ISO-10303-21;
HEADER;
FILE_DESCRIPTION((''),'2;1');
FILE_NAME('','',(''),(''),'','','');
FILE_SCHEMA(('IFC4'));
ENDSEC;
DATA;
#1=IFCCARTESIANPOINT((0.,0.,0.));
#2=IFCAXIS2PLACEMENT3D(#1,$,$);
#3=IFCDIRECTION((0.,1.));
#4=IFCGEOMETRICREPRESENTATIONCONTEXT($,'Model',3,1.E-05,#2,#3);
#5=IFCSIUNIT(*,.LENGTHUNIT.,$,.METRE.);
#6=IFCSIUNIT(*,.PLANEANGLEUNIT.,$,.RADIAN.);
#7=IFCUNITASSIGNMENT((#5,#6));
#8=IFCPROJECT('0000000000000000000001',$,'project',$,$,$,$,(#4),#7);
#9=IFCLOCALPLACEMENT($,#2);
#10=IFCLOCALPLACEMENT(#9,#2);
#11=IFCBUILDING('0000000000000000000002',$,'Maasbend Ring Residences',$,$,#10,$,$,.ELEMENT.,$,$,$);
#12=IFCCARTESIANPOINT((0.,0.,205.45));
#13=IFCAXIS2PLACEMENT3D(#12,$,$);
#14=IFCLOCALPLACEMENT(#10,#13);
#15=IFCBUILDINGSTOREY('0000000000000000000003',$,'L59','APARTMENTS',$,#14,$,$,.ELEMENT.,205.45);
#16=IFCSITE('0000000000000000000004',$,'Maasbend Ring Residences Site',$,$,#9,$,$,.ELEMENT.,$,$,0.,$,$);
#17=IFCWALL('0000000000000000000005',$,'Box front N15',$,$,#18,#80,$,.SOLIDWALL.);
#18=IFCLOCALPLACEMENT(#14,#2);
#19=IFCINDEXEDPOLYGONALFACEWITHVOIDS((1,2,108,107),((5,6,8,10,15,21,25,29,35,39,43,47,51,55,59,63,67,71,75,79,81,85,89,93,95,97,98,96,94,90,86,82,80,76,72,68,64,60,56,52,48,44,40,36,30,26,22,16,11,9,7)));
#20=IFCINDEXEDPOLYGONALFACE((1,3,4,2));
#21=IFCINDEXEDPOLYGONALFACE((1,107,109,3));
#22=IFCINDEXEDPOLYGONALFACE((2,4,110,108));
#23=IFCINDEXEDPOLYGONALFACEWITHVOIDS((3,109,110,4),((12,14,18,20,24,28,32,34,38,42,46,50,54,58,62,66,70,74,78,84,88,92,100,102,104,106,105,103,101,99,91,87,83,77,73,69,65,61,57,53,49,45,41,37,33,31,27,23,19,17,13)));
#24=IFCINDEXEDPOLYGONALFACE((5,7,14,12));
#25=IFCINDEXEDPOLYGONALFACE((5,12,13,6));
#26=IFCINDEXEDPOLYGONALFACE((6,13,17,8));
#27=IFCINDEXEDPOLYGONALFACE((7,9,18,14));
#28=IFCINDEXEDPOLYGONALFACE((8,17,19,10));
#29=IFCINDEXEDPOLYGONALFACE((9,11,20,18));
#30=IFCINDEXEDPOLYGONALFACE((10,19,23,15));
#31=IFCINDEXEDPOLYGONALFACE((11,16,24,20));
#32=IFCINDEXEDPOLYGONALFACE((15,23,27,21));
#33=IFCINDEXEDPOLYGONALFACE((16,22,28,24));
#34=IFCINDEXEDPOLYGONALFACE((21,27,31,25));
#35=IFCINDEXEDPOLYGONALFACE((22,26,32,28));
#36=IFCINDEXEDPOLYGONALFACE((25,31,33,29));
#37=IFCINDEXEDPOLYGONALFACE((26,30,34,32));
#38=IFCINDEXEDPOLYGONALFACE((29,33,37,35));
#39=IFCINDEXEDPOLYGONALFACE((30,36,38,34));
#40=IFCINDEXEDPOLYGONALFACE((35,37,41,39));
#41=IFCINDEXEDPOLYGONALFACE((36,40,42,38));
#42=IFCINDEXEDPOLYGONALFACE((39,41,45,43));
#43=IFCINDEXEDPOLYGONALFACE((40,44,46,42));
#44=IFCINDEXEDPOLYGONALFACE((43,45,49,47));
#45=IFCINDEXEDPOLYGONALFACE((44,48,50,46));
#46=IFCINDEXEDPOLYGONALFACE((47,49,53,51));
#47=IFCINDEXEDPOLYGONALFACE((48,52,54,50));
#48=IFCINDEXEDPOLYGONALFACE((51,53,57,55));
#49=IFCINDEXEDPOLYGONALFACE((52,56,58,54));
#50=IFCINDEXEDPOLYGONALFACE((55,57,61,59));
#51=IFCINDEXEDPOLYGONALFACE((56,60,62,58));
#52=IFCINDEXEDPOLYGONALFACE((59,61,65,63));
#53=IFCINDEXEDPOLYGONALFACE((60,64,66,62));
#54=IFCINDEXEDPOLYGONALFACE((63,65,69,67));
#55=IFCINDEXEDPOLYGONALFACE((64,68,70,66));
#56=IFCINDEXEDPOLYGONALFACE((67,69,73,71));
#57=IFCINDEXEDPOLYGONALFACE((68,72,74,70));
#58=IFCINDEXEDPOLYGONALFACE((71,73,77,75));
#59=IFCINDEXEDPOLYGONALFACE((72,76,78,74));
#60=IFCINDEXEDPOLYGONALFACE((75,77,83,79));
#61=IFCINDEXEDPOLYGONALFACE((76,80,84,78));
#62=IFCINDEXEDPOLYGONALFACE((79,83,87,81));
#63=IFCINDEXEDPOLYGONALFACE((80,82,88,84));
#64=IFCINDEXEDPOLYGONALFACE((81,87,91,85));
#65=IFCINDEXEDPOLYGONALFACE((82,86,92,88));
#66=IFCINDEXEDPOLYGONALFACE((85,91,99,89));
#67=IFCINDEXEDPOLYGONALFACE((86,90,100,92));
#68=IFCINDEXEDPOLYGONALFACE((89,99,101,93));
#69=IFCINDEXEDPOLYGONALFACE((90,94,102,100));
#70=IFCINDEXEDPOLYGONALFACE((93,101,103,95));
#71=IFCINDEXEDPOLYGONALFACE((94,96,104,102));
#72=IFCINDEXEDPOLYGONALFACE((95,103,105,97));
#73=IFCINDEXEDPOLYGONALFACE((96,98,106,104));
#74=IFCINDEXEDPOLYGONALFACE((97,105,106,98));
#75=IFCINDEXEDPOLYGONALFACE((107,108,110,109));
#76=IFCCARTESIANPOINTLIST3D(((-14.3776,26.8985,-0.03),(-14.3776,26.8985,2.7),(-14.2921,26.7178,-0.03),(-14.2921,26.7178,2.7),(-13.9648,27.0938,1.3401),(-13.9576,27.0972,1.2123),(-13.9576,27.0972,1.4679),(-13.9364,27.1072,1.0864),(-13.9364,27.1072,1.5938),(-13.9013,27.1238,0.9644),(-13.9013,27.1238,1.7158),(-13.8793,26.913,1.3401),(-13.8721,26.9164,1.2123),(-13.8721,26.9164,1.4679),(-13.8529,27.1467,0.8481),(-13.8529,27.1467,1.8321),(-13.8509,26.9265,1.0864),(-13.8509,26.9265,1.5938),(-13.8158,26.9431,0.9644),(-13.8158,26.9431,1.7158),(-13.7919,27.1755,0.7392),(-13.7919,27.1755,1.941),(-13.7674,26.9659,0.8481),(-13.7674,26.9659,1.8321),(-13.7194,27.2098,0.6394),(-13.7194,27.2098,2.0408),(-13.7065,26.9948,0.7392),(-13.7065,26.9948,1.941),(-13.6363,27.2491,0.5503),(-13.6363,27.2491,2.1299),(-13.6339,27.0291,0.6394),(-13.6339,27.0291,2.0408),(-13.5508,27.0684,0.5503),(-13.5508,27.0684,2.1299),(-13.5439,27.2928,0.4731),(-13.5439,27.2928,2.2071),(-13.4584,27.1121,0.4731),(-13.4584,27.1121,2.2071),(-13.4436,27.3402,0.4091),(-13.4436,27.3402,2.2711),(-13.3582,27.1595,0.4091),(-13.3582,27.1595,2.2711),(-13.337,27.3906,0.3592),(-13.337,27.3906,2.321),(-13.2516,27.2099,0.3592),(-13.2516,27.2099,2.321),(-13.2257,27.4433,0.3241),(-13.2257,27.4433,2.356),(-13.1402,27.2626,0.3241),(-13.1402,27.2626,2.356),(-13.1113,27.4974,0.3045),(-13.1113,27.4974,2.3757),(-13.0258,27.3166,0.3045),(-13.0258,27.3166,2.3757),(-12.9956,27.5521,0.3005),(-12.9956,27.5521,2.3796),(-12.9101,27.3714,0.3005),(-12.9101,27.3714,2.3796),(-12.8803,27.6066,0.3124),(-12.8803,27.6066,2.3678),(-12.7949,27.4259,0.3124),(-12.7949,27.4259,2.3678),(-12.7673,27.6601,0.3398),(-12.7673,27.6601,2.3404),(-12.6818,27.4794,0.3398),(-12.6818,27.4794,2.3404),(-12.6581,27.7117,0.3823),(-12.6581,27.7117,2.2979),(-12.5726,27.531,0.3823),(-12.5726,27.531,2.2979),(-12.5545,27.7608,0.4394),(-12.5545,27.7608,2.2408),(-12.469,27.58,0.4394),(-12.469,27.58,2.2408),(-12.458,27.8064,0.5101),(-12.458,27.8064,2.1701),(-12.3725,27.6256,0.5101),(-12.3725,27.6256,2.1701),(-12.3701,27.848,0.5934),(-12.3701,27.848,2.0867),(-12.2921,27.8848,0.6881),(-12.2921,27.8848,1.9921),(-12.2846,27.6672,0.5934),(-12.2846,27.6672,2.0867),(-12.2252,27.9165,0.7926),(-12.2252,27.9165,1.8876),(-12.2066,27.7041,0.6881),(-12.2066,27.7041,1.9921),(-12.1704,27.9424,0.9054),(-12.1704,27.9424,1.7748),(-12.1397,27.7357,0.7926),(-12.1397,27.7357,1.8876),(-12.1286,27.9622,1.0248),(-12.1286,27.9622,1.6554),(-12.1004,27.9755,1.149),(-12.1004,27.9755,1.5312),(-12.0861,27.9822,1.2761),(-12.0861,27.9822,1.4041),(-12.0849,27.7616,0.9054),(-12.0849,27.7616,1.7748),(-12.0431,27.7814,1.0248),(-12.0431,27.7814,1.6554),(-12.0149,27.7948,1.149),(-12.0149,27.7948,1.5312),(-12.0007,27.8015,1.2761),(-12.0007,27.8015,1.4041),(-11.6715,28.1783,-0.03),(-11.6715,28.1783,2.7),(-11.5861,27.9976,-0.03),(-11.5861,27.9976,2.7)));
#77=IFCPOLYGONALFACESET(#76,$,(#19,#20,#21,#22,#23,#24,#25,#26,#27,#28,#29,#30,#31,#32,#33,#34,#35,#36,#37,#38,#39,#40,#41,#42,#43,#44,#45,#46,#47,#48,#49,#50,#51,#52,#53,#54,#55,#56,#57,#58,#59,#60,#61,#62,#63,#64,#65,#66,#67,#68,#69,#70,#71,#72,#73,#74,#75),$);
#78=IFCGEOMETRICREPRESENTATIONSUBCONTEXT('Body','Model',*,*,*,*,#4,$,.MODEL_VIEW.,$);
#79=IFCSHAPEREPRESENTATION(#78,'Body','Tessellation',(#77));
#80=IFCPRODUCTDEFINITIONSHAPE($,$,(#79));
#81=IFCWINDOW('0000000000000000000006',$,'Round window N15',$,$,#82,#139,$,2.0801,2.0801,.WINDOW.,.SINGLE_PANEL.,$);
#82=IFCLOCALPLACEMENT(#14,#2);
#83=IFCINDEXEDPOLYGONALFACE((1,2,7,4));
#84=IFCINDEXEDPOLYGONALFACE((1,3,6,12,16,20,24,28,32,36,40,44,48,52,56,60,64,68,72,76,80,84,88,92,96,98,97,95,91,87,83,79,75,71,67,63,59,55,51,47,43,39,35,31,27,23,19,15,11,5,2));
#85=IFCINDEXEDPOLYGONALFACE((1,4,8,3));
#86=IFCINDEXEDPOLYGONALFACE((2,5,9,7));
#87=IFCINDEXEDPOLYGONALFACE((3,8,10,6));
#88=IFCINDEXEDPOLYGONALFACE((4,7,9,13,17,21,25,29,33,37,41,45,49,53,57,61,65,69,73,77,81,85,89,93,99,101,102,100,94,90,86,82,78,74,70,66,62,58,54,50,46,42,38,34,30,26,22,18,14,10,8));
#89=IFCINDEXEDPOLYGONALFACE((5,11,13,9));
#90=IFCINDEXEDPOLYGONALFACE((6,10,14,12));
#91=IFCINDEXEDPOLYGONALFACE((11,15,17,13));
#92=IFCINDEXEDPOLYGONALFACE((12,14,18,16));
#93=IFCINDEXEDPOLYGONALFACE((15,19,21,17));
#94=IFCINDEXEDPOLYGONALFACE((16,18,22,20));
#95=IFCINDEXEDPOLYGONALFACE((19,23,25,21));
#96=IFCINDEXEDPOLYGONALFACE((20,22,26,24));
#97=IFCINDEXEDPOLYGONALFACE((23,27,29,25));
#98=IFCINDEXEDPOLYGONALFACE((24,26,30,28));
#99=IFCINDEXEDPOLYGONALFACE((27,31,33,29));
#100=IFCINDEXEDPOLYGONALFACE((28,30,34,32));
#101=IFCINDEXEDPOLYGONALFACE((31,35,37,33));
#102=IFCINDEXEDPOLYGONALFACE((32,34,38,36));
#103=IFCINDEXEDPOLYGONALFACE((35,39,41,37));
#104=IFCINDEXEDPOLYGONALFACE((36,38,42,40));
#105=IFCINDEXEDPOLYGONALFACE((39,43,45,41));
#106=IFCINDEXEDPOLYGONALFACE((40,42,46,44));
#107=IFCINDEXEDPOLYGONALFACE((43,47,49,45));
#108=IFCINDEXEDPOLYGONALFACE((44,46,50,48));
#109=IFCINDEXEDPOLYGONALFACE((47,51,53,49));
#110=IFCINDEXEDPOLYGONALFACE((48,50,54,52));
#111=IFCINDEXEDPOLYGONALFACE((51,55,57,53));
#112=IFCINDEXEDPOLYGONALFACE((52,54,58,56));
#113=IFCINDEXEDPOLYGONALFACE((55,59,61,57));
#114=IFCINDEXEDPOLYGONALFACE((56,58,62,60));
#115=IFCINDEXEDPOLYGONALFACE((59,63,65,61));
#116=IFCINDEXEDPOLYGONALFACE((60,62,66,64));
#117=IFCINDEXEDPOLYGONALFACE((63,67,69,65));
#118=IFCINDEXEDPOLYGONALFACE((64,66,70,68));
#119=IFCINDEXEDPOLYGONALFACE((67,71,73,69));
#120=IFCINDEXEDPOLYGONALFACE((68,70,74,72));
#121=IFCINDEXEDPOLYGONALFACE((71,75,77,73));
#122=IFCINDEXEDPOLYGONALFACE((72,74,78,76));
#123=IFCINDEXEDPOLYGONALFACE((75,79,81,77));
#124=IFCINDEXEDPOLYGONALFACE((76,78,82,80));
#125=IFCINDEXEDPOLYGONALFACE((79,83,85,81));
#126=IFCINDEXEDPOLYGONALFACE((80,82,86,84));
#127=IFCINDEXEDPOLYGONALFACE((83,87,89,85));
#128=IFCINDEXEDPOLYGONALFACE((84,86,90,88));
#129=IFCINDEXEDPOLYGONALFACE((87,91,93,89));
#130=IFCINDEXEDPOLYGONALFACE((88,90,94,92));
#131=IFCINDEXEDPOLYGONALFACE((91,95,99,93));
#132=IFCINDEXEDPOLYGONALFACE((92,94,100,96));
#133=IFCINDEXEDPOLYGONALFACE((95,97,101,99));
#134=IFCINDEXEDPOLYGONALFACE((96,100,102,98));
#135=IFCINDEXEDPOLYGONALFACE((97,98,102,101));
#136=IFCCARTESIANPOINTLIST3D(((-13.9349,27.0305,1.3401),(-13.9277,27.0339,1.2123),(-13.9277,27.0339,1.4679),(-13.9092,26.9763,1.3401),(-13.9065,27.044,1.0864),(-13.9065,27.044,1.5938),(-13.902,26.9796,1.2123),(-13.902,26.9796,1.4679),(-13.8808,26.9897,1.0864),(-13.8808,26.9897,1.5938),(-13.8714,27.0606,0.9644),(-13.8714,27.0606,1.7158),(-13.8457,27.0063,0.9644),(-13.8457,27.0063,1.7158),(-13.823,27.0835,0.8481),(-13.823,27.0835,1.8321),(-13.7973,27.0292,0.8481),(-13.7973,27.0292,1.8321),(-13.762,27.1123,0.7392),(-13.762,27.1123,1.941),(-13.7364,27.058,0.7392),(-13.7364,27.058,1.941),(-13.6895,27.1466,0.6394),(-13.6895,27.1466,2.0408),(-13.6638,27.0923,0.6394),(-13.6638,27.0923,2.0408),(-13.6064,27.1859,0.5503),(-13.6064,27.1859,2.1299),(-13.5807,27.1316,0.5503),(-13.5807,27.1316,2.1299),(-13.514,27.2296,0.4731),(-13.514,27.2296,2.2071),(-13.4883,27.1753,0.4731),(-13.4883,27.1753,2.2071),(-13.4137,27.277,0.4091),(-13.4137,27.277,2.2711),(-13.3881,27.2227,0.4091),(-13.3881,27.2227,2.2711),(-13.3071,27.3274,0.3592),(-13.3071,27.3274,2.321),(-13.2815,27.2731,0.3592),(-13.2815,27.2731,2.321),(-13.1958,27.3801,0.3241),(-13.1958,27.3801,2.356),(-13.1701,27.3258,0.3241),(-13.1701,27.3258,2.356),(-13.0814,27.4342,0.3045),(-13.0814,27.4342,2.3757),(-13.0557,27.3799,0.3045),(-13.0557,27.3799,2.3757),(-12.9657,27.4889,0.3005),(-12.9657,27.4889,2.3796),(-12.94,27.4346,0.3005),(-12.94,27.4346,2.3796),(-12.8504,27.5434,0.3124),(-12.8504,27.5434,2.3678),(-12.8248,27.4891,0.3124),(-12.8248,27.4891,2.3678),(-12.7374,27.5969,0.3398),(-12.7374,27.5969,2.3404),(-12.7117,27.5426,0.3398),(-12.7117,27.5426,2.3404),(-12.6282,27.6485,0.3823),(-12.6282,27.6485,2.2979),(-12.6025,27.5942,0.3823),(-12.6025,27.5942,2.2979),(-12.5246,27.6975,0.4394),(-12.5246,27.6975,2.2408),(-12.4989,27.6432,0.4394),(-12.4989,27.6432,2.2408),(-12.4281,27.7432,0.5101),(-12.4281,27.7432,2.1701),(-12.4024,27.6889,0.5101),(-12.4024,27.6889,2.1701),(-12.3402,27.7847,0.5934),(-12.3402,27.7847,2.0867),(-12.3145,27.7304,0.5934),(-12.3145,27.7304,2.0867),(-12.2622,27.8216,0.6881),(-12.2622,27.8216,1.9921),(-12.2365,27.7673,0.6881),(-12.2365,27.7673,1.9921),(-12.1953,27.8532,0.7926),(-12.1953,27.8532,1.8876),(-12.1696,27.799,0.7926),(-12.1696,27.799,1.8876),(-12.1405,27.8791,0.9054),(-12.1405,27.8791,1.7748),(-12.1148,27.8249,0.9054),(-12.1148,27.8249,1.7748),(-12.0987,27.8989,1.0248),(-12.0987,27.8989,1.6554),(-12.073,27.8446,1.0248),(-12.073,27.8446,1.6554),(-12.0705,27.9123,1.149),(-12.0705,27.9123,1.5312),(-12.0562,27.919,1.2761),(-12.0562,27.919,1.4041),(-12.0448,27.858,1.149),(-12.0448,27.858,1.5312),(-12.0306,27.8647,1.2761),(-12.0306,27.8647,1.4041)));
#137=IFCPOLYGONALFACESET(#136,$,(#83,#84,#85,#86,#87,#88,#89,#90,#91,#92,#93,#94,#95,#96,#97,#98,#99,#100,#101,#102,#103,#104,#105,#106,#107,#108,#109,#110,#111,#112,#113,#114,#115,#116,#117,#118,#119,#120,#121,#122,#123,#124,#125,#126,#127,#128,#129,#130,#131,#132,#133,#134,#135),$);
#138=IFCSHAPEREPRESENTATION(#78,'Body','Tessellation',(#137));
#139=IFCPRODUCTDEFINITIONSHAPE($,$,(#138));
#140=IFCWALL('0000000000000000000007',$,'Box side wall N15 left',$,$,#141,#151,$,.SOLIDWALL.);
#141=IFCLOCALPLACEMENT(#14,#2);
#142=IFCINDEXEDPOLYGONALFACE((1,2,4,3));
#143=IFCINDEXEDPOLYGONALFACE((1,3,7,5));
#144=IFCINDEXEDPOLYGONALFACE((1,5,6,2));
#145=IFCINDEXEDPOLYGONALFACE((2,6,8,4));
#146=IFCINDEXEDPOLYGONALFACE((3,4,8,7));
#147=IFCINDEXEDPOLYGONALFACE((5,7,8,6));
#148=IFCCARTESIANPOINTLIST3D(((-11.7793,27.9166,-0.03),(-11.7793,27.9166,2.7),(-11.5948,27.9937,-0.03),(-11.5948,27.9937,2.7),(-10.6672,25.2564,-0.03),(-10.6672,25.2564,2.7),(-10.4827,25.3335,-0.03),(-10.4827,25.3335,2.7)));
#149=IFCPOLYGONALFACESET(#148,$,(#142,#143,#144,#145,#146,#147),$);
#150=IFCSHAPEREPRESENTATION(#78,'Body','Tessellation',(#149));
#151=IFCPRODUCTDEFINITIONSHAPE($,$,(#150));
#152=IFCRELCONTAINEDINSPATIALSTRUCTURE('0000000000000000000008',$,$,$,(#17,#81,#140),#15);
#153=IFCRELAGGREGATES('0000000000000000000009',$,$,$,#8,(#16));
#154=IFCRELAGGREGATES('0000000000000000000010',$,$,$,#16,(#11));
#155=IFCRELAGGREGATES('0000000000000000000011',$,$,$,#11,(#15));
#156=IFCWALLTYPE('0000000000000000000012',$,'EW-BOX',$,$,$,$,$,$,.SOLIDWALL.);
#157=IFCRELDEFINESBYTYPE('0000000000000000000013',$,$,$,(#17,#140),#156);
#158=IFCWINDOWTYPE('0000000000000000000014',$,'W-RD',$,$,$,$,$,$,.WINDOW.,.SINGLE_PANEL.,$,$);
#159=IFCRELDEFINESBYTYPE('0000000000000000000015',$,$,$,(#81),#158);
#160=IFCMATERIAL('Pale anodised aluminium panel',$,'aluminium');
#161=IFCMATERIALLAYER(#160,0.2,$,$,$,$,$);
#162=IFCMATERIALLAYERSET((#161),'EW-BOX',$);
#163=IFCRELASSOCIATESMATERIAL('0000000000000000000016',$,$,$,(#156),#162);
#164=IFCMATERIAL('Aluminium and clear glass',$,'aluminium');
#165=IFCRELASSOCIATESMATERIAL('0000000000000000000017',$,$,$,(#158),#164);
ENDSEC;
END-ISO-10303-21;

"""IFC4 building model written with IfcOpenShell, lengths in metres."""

from ifc_helpers import new_model, si_unit, direction, frame, frame_2d, origin, place, context, subcontext, project, spatial, rectangle, circle, extrude, material, layer, layer_set, type_object, element, fill, save


model = new_model("IFC4")

# Units and contexts
model_context = context("Model", 3, precision=1e-05, world=origin(), true_north=direction((0.0, 1.0)))
body_context = subcontext(model_context, "Body", "Model", "MODEL_VIEW")
ifc_project = project(units=[si_unit("LENGTHUNIT", "METRE"), si_unit("PLANEANGLEUNIT", "RADIAN")], contexts=[model_context])

# Site, building, storey
site_placement = place(None, origin())
site = spatial("IfcSite", under=ifc_project, at=site_placement, Name="Maasbend Ring Residences Site", CompositionType="ELEMENT", RefElevation=0.0)
building_placement = place(site_placement, origin())
building = spatial("IfcBuilding", under=site, at=building_placement, Name="Maasbend Ring Residences", CompositionType="ELEMENT")
storey_placement = place(building_placement, frame((0.0, 0.0, 205.45)))
storey = spatial("IfcBuildingStorey", under=building, at=storey_placement, Name="L59", Description="APARTMENTS", CompositionType="ELEMENT", Elevation=205.45)

# Shared definitions
ifc_material_1 = material(Name="Pale anodised aluminium panel", Category="aluminium")
ifc_layer_1 = layer(ifc_material_1, 0.2)
ifc_layer_set_1 = layer_set([ifc_layer_1], Name="EW-BOX")
wall_type_1 = type_object("IfcWallType", Name="EW-BOX", PredefinedType="SOLIDWALL", material=ifc_layer_set_1)

# Shared definitions
ifc_material_2 = material(Name="Aluminium and clear glass", Category="aluminium")
window_type_1 = type_object("IfcWindowType", Name="W-RD", PartitioningType="SINGLE_PANEL", PredefinedType="WINDOW", material=ifc_material_2)

# Wall, opening, window
wall_1_placement = place(storey_placement, frame((-11.6289, 28.0879, -0.03), z_axis=(0.0, 0.0, 1.0), x_axis=(-0.904, -0.427532, 0.0)))
wall_1 = element("IfcWall", 1, at=wall_1_placement, inside=storey, type_object=wall_type_1, Name="Box front N15", PredefinedType="SOLIDWALL", context=body_context, shape_type="SweptSolid", body=[
    extrude(rectangle(XDim=2.9934, YDim=0.2, at=frame_2d((1.4966, 0.0))), origin(), (0.0, 0.0, 1.0), 2.73),
])
opening_1_placement = place(wall_1_placement, frame((0.4565, 0.0, 0.3301)))
opening_1 = element("IfcOpeningElement", 2, at=opening_1_placement, cuts=wall_1, PredefinedType="OPENING", context=body_context, shape_type="SweptSolid", body=[
    extrude(circle(Radius=1.04, at=frame_2d((1.04, 1.04))), frame((0.0, 0.1099, 0.0), z_axis=(0.0, -1.0, 0.0), x_axis=(1.0, 0.0, 0.0)), (0.0, 0.0, 1.0), 0.22),
])
window_1_placement = place(opening_1_placement, origin())
window_1 = element("IfcWindow", 3, at=window_1_placement, inside=storey, type_object=window_type_1, Name="Round window N15", OverallHeight=2.0801, OverallWidth=2.0801, PartitioningType="SINGLE_PANEL", PredefinedType="WINDOW", context=body_context, shape_type="SweptSolid", body=[
    extrude(circle(Radius=1.04, at=frame_2d((1.04, 1.04))), frame((0.0, 0.03, 0.0), z_axis=(0.0, -1.0, 0.0), x_axis=(1.0, 0.0, 0.0)), (0.0, 0.0, 1.0), 0.0601),
])
fill(opening_1, window_1)

# Wall
wall_2_placement = place(storey_placement, frame((-10.575, 25.2949, -0.03), z_axis=(0.0, 0.0, 1.0), x_axis=(-0.385697, 0.922625, 0.0)))
element("IfcWall", 4, at=wall_2_placement, inside=storey, type_object=wall_type_1, Name="Box side wall N15 left", PredefinedType="SOLIDWALL", context=body_context, shape_type="SweptSolid", body=[
    extrude(rectangle(XDim=2.8833, YDim=0.2, at=frame_2d((1.4417, 0.0))), origin(), (0.0, 0.0, 1.0), 2.73),
])

save(model, "model.ifc")
